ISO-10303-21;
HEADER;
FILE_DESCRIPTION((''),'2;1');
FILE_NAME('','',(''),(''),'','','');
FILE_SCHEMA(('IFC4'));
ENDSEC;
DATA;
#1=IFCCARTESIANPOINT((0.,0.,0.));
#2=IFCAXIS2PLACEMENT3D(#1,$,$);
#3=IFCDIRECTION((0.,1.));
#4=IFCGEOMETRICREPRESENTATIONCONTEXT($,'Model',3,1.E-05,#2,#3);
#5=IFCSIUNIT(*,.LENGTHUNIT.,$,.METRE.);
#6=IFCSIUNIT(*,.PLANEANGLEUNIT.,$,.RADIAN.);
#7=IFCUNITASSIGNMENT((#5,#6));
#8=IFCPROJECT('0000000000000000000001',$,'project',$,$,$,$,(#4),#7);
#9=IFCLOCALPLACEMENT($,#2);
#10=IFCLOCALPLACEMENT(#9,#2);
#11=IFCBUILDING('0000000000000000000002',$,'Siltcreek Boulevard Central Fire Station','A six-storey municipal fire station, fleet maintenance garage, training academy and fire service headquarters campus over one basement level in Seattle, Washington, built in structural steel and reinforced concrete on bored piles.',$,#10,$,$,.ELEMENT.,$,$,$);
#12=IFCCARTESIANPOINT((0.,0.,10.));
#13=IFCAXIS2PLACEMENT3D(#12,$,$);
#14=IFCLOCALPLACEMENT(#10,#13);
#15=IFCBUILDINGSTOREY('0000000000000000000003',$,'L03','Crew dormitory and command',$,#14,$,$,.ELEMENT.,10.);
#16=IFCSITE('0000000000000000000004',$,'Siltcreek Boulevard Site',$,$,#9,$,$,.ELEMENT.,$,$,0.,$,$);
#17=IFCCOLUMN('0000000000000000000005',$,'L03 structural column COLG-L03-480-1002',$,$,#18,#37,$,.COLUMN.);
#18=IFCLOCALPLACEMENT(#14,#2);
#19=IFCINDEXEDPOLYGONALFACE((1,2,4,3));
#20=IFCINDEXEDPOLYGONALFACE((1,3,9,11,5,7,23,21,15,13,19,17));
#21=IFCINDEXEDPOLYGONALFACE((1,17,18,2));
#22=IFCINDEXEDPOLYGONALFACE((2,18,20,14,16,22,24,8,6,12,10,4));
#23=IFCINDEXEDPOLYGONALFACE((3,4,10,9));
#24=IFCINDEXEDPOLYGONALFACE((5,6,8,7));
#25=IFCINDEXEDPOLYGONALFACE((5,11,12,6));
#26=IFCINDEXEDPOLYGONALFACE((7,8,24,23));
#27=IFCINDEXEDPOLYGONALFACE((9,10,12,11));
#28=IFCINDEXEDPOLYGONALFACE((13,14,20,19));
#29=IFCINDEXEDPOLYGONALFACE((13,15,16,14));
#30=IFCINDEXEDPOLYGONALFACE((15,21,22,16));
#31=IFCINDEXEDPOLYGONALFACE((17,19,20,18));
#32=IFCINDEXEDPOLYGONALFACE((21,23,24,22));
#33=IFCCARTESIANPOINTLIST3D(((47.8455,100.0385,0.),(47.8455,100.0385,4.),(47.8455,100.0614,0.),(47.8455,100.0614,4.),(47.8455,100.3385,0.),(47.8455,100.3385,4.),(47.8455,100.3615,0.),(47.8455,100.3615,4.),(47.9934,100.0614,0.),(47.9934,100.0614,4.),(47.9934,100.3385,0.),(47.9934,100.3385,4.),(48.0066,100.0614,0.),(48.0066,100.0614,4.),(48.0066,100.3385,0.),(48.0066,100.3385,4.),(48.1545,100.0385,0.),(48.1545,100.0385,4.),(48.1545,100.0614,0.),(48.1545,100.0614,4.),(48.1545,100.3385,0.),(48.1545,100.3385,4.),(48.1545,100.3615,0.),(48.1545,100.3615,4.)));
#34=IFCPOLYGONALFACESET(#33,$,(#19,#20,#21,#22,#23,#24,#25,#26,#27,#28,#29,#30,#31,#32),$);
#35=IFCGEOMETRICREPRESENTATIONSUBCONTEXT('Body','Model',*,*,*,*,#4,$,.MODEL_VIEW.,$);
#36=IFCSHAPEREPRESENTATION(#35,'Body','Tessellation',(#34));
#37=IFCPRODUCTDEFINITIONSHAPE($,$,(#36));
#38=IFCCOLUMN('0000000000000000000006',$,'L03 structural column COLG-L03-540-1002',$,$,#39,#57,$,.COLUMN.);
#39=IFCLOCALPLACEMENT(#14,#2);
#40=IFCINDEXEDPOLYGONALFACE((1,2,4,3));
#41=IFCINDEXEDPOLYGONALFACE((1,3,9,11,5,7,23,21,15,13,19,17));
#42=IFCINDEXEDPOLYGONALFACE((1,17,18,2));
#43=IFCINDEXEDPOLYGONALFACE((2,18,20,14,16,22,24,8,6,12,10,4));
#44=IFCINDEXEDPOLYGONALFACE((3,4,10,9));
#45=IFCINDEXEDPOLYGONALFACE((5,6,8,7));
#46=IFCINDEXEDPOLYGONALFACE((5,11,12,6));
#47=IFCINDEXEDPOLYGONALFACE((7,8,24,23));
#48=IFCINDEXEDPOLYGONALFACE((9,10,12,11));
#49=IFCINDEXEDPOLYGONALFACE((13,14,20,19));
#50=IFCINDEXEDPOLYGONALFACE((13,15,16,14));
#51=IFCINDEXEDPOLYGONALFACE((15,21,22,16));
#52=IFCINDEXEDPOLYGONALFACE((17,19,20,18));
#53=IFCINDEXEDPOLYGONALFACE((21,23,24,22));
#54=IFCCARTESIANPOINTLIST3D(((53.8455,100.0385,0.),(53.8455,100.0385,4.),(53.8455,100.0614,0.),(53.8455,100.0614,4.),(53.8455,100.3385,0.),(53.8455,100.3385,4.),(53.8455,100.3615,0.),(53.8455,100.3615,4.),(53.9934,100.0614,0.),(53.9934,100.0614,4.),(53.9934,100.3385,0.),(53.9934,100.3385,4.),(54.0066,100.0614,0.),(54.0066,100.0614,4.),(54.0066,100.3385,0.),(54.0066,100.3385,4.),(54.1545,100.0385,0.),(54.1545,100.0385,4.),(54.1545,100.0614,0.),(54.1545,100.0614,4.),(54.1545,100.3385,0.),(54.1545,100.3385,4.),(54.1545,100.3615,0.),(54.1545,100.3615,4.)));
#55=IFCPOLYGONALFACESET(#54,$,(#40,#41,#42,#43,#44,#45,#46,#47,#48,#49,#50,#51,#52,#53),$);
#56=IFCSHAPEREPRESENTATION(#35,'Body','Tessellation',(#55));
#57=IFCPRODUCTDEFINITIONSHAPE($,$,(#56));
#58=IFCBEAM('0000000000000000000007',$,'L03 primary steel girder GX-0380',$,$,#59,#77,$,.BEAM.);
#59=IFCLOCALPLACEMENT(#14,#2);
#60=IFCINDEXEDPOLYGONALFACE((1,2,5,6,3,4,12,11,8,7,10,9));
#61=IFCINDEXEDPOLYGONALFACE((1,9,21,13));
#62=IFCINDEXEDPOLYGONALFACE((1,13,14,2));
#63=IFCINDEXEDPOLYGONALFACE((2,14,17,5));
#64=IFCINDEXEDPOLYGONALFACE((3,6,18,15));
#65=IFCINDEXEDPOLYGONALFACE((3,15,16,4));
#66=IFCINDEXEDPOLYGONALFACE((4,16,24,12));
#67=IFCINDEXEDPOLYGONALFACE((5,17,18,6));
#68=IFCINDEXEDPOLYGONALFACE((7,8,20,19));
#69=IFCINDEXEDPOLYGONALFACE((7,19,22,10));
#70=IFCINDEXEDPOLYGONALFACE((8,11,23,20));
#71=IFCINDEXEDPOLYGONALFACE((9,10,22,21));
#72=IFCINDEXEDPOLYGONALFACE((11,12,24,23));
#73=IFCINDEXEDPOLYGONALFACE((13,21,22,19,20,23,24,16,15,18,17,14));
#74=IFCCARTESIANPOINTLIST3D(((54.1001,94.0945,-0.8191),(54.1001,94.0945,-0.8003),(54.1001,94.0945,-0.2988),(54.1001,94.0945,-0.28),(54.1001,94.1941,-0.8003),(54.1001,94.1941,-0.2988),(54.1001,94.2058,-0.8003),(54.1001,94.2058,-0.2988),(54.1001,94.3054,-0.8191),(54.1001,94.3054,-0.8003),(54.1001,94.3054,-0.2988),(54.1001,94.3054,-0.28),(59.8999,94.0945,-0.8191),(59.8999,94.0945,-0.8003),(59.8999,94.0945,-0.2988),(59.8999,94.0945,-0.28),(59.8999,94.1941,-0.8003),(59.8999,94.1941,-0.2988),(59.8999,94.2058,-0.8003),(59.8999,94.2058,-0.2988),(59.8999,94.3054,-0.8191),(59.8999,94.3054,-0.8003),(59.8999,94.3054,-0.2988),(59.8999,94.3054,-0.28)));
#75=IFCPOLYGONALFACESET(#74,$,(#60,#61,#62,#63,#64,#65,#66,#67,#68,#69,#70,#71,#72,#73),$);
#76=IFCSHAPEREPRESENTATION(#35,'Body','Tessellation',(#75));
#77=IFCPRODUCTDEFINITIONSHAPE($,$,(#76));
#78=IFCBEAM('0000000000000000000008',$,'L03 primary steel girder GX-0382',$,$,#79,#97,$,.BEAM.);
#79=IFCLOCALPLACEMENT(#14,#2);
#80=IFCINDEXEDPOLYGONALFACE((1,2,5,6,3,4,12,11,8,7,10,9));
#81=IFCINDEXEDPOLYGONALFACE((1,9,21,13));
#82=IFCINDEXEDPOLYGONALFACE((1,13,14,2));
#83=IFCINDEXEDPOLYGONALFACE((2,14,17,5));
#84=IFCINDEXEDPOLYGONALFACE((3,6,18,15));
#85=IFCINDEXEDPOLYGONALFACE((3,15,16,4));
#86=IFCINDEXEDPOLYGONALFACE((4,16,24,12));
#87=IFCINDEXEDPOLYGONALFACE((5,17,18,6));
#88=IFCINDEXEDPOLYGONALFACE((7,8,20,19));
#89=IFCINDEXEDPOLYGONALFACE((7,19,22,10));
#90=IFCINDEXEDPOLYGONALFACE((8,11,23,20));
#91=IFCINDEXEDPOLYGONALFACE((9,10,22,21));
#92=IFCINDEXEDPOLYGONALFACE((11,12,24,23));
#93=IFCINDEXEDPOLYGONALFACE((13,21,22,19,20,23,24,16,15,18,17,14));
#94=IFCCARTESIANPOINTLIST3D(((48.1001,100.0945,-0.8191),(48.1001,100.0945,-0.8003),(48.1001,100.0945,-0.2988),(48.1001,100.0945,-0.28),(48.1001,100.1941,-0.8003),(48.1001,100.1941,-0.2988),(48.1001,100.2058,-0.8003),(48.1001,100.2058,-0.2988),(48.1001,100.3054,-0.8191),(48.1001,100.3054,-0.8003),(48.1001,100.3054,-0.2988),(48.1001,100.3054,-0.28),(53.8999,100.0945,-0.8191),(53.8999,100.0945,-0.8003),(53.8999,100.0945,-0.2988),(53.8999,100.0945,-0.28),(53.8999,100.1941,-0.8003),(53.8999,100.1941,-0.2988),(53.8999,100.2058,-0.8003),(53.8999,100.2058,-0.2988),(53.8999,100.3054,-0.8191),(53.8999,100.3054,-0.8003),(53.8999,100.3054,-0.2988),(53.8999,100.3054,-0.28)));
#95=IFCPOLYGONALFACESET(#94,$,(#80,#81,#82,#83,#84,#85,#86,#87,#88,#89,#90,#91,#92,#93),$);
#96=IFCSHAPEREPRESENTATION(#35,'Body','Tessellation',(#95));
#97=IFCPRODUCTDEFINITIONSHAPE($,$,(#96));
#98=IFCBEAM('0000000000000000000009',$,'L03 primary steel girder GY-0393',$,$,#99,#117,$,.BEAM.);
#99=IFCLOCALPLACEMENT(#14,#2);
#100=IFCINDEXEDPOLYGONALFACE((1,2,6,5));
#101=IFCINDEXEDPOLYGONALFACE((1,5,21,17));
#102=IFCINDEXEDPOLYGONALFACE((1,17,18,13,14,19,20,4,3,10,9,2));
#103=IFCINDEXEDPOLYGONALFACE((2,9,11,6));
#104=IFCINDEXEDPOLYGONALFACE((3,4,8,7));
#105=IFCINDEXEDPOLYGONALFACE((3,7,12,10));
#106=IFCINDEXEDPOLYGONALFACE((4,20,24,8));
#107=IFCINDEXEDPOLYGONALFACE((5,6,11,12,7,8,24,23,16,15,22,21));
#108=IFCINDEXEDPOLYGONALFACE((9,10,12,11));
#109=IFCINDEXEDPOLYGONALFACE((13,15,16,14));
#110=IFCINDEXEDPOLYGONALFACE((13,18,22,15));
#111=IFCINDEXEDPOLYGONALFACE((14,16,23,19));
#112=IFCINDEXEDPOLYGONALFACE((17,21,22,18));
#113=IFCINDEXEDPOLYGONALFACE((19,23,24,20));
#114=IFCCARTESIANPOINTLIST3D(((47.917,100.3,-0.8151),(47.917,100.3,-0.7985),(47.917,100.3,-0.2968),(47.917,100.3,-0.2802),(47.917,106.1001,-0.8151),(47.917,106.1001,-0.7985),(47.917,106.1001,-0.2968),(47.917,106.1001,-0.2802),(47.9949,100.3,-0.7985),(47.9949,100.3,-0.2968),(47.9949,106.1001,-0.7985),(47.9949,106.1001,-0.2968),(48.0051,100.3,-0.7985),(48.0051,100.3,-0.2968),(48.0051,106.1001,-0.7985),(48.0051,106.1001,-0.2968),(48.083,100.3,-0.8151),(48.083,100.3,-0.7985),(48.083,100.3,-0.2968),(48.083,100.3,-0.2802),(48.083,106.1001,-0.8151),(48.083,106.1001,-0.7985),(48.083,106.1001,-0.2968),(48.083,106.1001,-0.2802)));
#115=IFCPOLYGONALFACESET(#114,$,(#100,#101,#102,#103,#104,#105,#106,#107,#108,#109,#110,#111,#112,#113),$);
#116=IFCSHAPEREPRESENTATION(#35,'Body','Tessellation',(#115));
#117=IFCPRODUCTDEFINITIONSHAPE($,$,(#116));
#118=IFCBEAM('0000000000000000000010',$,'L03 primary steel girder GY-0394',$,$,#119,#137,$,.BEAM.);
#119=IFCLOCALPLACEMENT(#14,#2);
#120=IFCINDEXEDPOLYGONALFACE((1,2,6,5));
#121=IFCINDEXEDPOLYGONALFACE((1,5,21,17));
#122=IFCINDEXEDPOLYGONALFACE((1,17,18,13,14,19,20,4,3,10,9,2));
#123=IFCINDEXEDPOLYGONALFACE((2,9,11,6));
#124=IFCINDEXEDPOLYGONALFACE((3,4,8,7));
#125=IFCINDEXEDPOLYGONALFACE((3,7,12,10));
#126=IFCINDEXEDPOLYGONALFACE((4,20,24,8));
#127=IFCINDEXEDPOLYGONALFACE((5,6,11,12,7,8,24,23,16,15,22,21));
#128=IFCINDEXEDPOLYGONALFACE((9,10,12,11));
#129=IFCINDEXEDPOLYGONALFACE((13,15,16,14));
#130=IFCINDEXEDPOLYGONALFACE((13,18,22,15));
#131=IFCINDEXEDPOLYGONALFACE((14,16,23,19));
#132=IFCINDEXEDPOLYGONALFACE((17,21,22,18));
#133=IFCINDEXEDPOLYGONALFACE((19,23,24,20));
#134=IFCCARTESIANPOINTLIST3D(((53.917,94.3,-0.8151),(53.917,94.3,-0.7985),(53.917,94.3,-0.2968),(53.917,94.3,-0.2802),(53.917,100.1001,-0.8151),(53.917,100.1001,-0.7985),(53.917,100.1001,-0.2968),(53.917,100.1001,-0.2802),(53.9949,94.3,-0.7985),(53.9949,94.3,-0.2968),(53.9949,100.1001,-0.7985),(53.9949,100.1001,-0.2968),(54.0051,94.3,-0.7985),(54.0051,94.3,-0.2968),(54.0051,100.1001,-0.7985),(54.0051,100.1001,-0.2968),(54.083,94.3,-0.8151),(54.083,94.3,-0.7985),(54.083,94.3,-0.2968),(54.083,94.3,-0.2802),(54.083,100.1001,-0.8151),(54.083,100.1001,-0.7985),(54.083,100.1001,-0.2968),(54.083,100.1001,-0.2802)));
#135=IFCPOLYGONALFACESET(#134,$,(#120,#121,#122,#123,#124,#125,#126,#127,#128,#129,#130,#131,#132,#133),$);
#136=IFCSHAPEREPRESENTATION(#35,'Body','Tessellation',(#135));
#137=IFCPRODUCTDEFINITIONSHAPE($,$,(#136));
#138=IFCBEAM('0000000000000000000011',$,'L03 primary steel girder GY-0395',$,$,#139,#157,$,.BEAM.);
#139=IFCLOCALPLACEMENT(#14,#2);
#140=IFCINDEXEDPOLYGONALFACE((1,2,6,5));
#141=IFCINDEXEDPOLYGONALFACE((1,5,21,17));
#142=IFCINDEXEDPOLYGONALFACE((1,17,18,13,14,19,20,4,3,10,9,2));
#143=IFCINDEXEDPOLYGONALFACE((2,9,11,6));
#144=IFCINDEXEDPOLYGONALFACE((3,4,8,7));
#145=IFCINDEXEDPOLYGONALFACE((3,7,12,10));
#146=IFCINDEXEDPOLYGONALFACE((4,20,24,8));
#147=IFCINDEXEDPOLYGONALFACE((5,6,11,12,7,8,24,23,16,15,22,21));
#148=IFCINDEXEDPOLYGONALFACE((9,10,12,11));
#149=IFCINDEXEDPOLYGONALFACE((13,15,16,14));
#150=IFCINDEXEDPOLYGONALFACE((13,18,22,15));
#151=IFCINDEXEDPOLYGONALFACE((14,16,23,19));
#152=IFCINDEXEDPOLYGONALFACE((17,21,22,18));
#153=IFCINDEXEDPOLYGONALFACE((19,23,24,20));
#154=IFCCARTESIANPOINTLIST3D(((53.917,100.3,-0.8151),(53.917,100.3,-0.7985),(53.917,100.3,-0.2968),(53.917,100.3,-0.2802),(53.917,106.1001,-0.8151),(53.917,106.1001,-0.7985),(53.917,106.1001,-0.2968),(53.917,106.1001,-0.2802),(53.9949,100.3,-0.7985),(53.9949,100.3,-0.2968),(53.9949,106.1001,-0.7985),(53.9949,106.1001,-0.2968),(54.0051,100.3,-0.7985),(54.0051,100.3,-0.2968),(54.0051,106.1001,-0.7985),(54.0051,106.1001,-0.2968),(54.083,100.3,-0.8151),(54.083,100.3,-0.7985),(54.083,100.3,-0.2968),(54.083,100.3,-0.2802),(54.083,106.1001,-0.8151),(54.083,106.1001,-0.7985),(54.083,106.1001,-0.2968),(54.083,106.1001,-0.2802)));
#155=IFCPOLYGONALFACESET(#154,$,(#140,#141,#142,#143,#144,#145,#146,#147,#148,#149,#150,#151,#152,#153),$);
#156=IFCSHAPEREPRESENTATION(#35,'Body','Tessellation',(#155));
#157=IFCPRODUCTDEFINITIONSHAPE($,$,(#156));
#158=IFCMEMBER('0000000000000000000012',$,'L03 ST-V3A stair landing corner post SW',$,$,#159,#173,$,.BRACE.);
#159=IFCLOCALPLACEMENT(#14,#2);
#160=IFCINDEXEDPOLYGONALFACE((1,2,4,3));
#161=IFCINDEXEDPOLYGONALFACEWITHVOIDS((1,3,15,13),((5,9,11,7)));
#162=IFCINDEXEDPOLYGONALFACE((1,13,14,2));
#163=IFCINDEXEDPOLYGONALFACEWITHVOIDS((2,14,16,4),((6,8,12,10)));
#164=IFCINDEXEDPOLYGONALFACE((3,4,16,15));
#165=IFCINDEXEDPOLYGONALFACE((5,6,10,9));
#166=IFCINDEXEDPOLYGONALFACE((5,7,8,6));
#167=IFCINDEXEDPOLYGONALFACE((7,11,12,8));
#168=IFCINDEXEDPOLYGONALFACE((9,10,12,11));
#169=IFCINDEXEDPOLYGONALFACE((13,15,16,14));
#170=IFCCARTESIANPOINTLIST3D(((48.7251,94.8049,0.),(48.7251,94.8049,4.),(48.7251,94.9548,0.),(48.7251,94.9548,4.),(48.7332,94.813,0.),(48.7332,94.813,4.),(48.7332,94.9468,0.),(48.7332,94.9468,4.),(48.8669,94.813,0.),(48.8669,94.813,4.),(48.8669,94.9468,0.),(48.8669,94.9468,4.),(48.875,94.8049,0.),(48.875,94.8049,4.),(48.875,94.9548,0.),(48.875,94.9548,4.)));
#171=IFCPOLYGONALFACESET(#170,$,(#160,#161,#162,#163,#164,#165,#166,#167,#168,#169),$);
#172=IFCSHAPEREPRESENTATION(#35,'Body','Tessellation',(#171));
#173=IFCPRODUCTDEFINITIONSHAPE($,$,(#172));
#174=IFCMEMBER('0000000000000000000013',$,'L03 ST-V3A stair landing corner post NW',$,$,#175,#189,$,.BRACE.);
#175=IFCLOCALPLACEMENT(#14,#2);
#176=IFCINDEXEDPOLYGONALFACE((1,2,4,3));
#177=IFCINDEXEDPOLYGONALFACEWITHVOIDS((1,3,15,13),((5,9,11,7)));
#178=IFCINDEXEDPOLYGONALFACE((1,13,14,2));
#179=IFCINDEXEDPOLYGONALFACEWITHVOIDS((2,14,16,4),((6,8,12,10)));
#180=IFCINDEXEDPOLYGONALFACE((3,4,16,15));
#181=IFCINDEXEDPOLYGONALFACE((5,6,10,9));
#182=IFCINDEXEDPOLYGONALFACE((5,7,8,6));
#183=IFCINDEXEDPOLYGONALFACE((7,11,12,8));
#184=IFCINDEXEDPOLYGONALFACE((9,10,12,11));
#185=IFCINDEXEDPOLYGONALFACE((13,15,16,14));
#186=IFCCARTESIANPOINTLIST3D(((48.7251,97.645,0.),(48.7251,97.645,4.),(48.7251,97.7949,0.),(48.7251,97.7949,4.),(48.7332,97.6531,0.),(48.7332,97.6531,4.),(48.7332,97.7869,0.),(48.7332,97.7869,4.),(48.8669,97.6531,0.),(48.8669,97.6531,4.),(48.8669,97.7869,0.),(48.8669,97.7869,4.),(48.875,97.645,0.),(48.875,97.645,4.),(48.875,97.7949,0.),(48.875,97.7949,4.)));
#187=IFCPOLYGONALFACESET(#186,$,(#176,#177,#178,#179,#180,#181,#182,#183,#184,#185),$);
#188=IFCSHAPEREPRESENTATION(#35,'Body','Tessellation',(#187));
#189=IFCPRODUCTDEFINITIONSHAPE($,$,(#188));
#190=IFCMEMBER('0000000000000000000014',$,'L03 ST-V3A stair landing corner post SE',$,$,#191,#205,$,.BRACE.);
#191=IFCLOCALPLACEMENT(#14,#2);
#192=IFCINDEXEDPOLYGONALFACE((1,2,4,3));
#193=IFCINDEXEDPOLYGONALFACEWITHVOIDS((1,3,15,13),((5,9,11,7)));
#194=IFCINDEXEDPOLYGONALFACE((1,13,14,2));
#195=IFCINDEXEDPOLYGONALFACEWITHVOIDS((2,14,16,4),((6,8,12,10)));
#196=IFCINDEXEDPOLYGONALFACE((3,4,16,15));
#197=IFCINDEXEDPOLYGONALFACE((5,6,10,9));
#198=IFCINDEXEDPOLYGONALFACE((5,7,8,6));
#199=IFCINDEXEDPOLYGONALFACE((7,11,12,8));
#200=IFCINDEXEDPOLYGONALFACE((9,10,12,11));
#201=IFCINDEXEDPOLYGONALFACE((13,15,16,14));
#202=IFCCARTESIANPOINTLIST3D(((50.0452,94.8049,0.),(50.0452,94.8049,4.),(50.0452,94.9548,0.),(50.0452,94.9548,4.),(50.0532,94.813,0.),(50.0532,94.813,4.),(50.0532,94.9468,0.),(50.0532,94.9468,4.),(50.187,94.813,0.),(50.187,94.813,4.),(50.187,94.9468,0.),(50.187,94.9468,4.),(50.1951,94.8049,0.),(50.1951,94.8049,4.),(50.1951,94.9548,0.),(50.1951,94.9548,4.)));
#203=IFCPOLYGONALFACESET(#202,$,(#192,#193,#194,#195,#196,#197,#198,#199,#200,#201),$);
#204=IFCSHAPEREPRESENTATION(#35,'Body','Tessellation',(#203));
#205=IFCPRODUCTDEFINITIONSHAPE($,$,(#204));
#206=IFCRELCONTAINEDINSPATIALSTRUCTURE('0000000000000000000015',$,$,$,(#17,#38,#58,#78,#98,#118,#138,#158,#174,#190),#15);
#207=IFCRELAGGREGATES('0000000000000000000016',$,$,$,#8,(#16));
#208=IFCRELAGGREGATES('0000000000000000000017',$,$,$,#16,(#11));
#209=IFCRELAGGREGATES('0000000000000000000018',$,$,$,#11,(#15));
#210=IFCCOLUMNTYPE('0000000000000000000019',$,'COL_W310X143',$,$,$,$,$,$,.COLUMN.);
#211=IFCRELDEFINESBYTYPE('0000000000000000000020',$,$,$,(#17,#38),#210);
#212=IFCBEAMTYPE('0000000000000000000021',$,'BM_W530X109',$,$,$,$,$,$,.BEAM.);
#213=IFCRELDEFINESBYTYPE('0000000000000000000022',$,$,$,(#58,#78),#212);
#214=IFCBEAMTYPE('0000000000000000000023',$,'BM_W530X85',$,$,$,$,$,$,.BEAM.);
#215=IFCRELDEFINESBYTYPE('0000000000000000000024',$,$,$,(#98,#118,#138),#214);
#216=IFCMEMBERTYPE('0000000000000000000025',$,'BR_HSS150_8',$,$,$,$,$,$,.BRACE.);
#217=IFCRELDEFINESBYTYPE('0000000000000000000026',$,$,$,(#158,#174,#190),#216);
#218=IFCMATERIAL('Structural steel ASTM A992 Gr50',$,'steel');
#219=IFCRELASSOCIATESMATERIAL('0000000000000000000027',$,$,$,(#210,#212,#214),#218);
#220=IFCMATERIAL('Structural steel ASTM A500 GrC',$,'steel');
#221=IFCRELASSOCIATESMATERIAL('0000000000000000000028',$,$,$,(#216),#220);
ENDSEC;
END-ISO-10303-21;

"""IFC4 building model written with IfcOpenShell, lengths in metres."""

from ifc_helpers import new_model, si_unit, direction, frame, origin, origin_2d, place, context, subcontext, project, spatial, hollow_rectangle, i_section, extrude, material, material_profile, profile_set, type_object, element, save


model = new_model("IFC4")

# Units and contexts
model_context = context("Model", 3, precision=1e-05, world=origin(), true_north=direction((0.0, 1.0)))
body_context = subcontext(model_context, "Body", "Model", "MODEL_VIEW")
ifc_project = project(units=[si_unit("LENGTHUNIT", "METRE"), si_unit("PLANEANGLEUNIT", "RADIAN")], contexts=[model_context])

# Site, building, storey
site_placement = place(None, origin())
site = spatial("IfcSite", under=ifc_project, at=site_placement, Name="Siltcreek Boulevard Site", CompositionType="ELEMENT", RefElevation=0.0)
building_placement = place(site_placement, origin())
building = spatial("IfcBuilding", under=site, at=building_placement, Name="Siltcreek Boulevard Central Fire Station", Description="A six-storey municipal fire station, fleet maintenance garage, training academy and fire service headquarters campus over one basement level in Seattle, Washington, built in structural steel and reinforced concrete on bored piles.", CompositionType="ELEMENT")
storey_placement = place(building_placement, frame((0.0, 0.0, 10.0)))
storey = spatial("IfcBuildingStorey", under=building, at=storey_placement, Name="L03", Description="Crew dormitory and command", CompositionType="ELEMENT", Elevation=10.0)

# Columns
ifc_material_1 = material(Name="Structural steel ASTM A992 Gr50", Category="steel")
ifc_material_profile_1 = material_profile(ifc_material_1, i_section(OverallWidth=0.3091, OverallDepth=0.323, WebThickness=0.0132, FlangeThickness=0.0229, at=origin_2d()), Name="W310X143")
ifc_profile_set_1 = profile_set([ifc_material_profile_1], Name="Structural steel ASTM A992 Gr50")
column_type = type_object("IfcColumnType", Name="COL_W310X143", PredefinedType="COLUMN", material=ifc_profile_set_1)
for number, where, z_axis, x_axis, name in (
    (1, (48.0, 100.2, 0.0), (0.0, 0.0, 1.0), (1.0, 0.0, 0.0), "L03 structural column COLG-L03-480-1002"),
    (2, (54.0, 100.2, 0.0), (0.0, 0.0, 1.0), (1.0, 0.0, 0.0), "L03 structural column COLG-L03-540-1002"),
):
    element("IfcColumn", number, at=place(storey_placement, frame(where, z_axis=z_axis, x_axis=x_axis)), inside=storey, type_object=column_type, Name=name, PredefinedType="COLUMN", context=body_context, shape_type="SweptSolid", body=[
        extrude(i_section(OverallWidth=0.3091, OverallDepth=0.323, WebThickness=0.0132, FlangeThickness=0.0229, at=origin_2d()), origin(), (0.0, 0.0, 1.0), 4.0),
    ])

# Beams
ifc_material_profile_2 = material_profile(ifc_material_1, i_section(OverallWidth=0.2109, OverallDepth=0.5391, WebThickness=0.0117, FlangeThickness=0.0188, at=origin_2d()), Name="W530X109")
ifc_profile_set_2 = profile_set([ifc_material_profile_2], Name="Structural steel ASTM A992 Gr50")
beam_type_1 = type_object("IfcBeamType", Name="BM_W530X109", PredefinedType="BEAM", material=ifc_profile_set_2)
for number, where, z_axis, x_axis, name in (
    (3, (54.1001, 94.2, -0.5496), (1.0, 0.0, 0.0), (0.0, 1.0, 0.0), "L03 primary steel girder GX-0380"),
    (4, (48.1001, 100.2, -0.5496), (1.0, 0.0, 0.0), (0.0, 1.0, 0.0), "L03 primary steel girder GX-0382"),
):
    element("IfcBeam", number, at=place(storey_placement, frame(where, z_axis=z_axis, x_axis=x_axis)), inside=storey, type_object=beam_type_1, Name=name, PredefinedType="BEAM", context=body_context, shape_type="SweptSolid", body=[
        extrude(i_section(OverallWidth=0.2109, OverallDepth=0.5391, WebThickness=0.0117, FlangeThickness=0.0188, at=origin_2d()), origin(), (0.0, 0.0, 1.0), 5.7998),
    ])
ifc_material_profile_3 = material_profile(ifc_material_1, i_section(OverallWidth=0.166, OverallDepth=0.5349, WebThickness=0.0103, FlangeThickness=0.0166, at=origin_2d()), Name="W530X85")
ifc_profile_set_3 = profile_set([ifc_material_profile_3], Name="Structural steel ASTM A992 Gr50")
beam_type_2 = type_object("IfcBeamType", Name="BM_W530X85", PredefinedType="BEAM", material=ifc_profile_set_3)
for number, where, z_axis, x_axis, name in (
    (5, (48.0, 100.3, -0.5476), (0.0, 1.0, 0.0), (-1.0, 0.0, 0.0), "L03 primary steel girder GY-0393"),
    (6, (54.0, 94.3, -0.5476), (0.0, 1.0, 0.0), (-1.0, 0.0, 0.0), "L03 primary steel girder GY-0394"),
    (7, (54.0, 100.3, -0.5476), (0.0, 1.0, 0.0), (-1.0, 0.0, 0.0), "L03 primary steel girder GY-0395"),
):
    element("IfcBeam", number, at=place(storey_placement, frame(where, z_axis=z_axis, x_axis=x_axis)), inside=storey, type_object=beam_type_2, Name=name, PredefinedType="BEAM", context=body_context, shape_type="SweptSolid", body=[
        extrude(i_section(OverallWidth=0.166, OverallDepth=0.5349, WebThickness=0.0103, FlangeThickness=0.0166, at=origin_2d()), origin(), (0.0, 0.0, 1.0), 5.8),
    ])

# Members
ifc_material_2 = material(Name="Structural steel ASTM A500 GrC", Category="steel")
ifc_material_profile_4 = material_profile(ifc_material_2, hollow_rectangle(XDim=0.1499, YDim=0.1499, WallThickness=0.0081, at=origin_2d()), Name="HSS150X150X8.0")
ifc_profile_set_4 = profile_set([ifc_material_profile_4], Name="Structural steel ASTM A500 GrC")
member_type = type_object("IfcMemberType", Name="BR_HSS150_8", PredefinedType="BRACE", material=ifc_profile_set_4)
for number, where, z_axis, x_axis, name in (
    (8, (48.8, 94.8799, 0.0), (0.0, 0.0, 1.0), (1.0, 0.0, 0.0), "L03 ST-V3A stair landing corner post SW"),
    (9, (48.8, 97.72, 0.0), (0.0, 0.0, 1.0), (1.0, 0.0, 0.0), "L03 ST-V3A stair landing corner post NW"),
    (10, (50.1201, 94.8799, 0.0), (0.0, 0.0, 1.0), (1.0, 0.0, 0.0), "L03 ST-V3A stair landing corner post SE"),
):
    element("IfcMember", number, at=place(storey_placement, frame(where, z_axis=z_axis, x_axis=x_axis)), inside=storey, type_object=member_type, Name=name, PredefinedType="BRACE", context=body_context, shape_type="SweptSolid", body=[
        extrude(hollow_rectangle(XDim=0.1499, YDim=0.1499, WallThickness=0.0081, at=origin_2d()), origin(), (0.0, 0.0, 1.0), 4.0),
    ])

save(model, "model.ifc")
